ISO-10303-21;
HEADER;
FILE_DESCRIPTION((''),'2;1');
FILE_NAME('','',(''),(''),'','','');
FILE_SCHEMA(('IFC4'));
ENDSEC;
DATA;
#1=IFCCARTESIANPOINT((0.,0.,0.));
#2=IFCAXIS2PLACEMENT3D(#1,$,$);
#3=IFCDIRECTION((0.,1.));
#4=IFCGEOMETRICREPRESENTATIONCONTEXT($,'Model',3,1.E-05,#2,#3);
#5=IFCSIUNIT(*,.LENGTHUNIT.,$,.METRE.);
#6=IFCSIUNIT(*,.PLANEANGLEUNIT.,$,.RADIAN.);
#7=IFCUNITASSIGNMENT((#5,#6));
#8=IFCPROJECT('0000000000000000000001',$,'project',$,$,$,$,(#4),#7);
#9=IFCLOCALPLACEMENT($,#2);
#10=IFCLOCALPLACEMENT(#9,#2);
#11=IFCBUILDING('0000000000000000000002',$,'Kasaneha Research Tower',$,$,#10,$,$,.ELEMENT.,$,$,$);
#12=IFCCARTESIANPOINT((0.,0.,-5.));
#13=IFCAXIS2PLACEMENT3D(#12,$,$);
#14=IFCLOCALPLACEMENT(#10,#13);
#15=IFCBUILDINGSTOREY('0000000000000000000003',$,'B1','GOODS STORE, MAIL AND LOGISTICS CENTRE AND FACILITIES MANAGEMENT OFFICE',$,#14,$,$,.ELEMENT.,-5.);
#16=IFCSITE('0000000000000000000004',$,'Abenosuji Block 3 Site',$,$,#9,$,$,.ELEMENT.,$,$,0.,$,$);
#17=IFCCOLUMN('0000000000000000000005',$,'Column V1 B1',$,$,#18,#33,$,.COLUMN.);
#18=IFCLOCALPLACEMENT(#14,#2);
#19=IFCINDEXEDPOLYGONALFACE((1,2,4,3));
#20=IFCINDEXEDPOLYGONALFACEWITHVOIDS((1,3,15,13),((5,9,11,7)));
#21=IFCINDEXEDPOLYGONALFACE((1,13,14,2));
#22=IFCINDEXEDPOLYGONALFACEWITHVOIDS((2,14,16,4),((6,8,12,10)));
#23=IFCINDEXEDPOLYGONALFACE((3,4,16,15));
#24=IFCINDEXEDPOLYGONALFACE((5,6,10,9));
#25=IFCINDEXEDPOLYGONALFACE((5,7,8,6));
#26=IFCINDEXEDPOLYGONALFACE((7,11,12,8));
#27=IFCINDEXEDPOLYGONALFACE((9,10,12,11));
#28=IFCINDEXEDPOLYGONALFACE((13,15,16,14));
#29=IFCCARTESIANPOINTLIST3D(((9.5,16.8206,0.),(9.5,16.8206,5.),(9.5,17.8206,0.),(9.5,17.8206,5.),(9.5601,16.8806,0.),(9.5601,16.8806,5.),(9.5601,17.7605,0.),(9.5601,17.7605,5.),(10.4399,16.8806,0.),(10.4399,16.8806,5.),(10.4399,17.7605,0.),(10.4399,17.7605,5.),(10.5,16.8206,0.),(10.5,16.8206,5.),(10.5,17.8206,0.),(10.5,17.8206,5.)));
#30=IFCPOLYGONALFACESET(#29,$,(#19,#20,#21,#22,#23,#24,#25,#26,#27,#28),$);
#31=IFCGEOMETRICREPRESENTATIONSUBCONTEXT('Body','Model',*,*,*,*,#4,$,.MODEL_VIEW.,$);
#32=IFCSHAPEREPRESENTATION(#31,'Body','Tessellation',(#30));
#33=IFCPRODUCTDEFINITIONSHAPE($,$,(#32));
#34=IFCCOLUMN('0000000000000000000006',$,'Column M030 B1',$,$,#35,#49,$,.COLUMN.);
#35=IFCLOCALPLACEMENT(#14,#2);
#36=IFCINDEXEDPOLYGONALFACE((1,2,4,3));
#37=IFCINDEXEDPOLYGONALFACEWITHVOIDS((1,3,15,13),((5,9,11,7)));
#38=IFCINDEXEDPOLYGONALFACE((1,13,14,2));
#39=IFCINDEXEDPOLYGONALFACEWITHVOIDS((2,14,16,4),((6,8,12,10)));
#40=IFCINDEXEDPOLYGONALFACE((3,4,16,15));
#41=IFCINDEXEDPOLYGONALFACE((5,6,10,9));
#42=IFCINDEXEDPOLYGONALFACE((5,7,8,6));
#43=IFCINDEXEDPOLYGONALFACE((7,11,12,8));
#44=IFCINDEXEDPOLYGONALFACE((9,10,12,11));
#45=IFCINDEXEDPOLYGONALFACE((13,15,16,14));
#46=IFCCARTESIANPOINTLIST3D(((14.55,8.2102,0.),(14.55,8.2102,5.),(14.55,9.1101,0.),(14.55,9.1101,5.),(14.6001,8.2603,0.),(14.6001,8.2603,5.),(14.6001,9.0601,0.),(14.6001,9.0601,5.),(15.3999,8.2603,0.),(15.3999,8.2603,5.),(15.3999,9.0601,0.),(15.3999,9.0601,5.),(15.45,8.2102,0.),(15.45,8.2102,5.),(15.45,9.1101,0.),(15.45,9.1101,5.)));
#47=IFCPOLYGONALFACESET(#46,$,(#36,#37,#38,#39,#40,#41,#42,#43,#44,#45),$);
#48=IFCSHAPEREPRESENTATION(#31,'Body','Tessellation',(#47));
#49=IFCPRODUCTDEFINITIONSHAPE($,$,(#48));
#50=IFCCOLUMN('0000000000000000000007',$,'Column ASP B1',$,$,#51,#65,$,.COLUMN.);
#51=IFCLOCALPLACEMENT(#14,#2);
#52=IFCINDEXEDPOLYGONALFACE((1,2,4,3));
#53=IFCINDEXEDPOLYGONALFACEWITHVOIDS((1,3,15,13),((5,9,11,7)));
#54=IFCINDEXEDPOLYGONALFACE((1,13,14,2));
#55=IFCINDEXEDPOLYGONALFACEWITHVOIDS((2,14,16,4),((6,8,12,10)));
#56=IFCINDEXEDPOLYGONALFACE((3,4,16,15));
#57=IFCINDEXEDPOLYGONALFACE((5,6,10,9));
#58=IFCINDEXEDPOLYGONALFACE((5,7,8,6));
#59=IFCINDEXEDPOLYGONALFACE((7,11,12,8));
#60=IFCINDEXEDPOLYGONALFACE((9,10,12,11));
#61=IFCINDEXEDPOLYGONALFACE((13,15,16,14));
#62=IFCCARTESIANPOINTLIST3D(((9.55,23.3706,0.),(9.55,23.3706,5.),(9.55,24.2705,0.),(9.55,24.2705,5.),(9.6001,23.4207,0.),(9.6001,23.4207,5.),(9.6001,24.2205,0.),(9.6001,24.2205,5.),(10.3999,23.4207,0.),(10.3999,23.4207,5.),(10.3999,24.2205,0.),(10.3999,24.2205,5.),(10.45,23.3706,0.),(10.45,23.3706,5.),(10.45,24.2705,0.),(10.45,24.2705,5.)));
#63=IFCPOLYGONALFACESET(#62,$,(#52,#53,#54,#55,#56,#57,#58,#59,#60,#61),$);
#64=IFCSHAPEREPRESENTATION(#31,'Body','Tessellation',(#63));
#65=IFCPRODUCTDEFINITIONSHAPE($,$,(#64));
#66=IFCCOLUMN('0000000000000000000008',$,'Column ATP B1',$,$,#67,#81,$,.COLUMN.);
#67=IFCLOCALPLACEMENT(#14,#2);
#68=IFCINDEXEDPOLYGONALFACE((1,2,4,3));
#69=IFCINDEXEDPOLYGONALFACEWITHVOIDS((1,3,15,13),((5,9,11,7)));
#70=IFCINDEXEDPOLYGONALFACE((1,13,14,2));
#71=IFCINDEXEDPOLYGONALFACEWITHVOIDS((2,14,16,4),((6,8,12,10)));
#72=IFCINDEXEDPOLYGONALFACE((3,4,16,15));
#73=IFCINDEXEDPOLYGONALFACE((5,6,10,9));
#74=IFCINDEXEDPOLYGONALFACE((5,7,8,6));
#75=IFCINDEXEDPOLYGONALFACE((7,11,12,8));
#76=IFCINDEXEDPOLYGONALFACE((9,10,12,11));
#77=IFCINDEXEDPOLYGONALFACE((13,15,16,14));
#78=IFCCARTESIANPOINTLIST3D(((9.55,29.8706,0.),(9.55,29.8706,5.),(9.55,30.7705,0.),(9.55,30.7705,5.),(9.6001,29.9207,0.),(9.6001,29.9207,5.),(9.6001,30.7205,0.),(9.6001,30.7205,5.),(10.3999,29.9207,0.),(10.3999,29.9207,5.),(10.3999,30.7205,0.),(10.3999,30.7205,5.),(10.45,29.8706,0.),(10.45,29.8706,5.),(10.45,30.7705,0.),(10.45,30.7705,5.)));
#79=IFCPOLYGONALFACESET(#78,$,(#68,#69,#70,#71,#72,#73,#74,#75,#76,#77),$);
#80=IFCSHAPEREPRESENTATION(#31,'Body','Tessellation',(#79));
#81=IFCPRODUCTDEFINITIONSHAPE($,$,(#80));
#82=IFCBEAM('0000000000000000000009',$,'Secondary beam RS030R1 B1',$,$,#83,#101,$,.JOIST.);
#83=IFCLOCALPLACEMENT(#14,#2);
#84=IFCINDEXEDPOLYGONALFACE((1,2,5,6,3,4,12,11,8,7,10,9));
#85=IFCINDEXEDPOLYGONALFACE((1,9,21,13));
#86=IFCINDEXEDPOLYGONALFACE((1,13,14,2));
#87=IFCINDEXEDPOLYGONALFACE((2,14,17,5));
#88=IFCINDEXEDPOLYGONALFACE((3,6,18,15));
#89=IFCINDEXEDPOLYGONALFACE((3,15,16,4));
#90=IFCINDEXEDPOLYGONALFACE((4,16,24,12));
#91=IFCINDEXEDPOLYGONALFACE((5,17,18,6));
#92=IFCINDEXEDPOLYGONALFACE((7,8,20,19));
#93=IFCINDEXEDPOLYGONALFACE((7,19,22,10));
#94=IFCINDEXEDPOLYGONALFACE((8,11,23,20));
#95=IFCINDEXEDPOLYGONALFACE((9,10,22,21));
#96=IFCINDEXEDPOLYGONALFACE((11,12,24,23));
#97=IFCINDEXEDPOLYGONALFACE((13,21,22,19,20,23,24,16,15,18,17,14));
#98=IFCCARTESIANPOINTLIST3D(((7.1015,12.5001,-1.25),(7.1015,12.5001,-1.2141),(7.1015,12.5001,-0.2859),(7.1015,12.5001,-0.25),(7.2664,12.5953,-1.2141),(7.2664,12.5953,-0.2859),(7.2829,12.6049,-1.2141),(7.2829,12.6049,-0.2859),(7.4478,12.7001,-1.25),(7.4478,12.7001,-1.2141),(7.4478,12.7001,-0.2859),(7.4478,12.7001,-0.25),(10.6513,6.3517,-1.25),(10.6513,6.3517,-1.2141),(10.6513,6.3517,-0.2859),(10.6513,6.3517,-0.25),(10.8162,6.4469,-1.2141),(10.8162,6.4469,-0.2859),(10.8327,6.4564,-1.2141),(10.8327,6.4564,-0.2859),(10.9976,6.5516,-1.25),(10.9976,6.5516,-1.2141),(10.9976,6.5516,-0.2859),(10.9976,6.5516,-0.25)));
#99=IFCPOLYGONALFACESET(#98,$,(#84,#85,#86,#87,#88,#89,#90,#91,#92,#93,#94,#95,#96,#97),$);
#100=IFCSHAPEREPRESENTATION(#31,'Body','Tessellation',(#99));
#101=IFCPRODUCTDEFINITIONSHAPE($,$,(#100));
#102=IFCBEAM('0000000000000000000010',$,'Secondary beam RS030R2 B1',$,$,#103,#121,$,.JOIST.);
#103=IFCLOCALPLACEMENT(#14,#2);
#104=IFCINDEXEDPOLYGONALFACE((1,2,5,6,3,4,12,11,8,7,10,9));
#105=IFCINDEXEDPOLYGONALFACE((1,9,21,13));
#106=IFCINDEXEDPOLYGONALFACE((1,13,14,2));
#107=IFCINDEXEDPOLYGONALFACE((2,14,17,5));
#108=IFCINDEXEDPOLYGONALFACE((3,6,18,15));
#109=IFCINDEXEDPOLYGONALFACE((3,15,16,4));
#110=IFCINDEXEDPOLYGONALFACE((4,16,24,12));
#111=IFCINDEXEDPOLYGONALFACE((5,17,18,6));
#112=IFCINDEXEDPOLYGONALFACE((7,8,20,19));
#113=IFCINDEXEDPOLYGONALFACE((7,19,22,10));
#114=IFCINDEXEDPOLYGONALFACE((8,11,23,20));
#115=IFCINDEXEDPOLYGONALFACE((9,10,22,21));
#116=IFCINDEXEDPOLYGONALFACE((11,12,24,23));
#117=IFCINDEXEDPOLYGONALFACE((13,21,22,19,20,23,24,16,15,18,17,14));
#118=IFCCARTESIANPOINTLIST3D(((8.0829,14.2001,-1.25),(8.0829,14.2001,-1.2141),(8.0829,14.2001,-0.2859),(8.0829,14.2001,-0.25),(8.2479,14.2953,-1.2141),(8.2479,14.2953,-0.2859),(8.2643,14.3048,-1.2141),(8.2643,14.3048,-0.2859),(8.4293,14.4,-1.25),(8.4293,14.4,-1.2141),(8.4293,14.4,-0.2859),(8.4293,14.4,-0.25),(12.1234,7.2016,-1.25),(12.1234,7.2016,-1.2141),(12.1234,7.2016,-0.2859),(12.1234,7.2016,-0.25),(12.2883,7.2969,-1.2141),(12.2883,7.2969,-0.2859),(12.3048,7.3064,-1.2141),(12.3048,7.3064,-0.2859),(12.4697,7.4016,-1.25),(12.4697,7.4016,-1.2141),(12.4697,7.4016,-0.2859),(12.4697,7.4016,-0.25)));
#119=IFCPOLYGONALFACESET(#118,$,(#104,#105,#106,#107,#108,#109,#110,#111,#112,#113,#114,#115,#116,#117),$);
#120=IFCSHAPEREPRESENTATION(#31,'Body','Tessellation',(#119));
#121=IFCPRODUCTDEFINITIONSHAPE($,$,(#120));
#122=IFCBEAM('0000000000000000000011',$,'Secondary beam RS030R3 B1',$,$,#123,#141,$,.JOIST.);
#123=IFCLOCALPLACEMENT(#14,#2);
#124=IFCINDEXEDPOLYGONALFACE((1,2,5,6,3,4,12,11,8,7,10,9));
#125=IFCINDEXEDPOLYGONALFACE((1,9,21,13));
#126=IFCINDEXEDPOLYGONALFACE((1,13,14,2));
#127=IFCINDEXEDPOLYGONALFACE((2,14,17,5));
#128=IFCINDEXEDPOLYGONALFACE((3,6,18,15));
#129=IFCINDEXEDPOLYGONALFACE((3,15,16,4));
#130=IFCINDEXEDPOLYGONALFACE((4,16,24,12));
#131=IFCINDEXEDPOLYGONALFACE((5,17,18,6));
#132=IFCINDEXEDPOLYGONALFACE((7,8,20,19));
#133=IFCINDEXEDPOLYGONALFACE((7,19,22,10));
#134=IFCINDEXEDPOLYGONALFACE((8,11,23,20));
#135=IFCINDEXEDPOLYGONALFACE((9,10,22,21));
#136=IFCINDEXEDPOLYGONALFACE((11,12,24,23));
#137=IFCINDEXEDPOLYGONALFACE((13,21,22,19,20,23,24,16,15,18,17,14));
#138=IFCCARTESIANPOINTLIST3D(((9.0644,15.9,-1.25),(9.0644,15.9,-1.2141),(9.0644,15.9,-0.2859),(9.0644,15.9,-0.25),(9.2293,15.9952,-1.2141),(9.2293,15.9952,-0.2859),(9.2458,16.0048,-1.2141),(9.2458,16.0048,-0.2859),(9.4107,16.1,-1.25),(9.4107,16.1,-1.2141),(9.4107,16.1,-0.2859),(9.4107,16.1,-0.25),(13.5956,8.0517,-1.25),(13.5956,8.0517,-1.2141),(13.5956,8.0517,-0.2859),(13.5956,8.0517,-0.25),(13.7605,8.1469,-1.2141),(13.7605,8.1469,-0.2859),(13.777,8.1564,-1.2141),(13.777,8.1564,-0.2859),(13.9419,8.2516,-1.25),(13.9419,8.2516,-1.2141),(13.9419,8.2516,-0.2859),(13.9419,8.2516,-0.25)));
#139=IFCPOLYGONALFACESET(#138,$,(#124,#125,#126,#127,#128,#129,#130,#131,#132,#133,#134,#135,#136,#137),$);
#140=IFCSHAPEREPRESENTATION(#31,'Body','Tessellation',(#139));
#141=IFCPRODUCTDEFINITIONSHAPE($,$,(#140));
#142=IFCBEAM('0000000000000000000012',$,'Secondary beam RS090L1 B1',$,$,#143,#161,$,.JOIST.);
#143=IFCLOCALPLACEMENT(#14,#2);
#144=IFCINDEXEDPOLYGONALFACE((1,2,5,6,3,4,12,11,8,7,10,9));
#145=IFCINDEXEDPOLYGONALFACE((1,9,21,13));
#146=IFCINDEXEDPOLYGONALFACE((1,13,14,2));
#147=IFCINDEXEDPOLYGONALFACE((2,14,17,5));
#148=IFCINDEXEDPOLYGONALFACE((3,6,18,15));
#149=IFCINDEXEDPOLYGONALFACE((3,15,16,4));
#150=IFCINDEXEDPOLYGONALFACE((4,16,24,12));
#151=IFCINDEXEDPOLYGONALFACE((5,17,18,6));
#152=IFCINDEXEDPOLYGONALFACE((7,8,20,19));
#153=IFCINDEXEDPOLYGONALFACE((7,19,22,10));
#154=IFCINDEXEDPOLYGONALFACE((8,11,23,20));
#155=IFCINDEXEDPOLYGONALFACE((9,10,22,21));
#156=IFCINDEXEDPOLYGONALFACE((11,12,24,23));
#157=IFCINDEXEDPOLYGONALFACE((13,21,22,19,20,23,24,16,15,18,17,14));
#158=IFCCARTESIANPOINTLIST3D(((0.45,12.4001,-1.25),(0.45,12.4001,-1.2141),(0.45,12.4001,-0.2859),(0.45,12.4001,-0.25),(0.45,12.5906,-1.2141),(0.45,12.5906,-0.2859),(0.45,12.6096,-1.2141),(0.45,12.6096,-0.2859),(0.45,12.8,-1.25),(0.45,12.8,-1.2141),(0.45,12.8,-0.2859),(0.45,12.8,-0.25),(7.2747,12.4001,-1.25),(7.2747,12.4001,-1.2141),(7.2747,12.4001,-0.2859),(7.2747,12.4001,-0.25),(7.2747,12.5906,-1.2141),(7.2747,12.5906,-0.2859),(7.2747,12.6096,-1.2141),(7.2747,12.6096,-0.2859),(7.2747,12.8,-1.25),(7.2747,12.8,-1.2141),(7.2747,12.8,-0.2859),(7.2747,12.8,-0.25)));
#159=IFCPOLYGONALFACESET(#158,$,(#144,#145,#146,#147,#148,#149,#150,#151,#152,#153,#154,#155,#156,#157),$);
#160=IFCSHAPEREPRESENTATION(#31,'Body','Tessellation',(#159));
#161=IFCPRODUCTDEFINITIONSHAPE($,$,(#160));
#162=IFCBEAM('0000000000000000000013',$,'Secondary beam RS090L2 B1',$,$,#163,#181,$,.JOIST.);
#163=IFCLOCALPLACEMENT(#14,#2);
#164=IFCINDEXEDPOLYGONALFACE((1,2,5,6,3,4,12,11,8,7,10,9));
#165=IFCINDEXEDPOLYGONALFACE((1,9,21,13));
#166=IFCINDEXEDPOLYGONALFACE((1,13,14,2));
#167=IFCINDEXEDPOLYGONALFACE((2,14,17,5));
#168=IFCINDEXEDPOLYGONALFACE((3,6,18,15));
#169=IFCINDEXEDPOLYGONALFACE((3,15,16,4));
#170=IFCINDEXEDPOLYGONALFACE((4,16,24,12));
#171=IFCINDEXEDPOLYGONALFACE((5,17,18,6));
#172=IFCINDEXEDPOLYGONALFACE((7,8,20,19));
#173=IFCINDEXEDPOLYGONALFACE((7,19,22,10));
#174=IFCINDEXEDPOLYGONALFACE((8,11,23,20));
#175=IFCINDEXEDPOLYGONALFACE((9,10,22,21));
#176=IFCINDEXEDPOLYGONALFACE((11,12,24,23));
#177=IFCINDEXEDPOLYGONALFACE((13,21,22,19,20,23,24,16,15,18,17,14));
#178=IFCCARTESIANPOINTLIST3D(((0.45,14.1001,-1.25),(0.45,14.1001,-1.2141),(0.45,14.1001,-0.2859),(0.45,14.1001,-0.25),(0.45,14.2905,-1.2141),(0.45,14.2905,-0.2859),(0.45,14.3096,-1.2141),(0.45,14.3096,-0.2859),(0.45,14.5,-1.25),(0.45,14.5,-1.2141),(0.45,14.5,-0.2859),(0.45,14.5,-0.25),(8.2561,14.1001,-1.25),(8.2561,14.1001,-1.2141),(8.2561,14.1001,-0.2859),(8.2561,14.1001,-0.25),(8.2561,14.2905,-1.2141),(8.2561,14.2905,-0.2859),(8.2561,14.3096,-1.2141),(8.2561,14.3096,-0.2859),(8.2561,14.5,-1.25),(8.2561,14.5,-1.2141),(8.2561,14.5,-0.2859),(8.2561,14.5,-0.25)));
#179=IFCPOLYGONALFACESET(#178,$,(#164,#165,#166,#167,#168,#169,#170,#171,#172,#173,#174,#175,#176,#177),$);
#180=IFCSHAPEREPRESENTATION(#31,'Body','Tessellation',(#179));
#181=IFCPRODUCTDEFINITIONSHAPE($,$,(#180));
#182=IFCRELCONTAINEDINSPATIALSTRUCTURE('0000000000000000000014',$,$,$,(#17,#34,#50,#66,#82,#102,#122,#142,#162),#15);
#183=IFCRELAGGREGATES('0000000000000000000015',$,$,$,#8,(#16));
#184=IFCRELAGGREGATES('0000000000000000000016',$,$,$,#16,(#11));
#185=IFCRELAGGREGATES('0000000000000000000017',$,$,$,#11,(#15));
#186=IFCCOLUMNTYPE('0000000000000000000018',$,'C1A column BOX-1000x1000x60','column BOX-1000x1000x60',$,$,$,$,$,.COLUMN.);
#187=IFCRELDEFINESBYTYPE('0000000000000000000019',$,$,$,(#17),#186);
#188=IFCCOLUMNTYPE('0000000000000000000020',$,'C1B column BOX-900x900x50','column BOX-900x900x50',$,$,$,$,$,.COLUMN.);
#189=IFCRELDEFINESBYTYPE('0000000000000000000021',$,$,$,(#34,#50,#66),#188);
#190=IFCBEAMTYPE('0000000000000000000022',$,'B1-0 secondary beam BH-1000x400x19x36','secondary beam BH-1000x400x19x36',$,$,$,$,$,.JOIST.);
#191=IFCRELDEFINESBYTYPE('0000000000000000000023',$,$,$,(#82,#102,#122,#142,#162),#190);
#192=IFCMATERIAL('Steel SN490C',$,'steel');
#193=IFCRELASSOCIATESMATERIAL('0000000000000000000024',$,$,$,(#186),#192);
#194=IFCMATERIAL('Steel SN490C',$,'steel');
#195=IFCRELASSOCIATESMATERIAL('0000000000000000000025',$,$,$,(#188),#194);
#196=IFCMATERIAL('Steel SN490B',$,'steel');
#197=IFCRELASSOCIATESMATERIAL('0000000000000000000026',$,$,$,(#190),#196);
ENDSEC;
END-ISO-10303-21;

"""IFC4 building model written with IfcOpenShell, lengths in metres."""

from ifc_helpers import new_model, si_unit, direction, frame, origin, origin_2d, place, context, subcontext, project, spatial, hollow_rectangle, i_section, extrude, material, material_profile, profile_set, type_object, element, save


model = new_model("IFC4")

# Units and contexts
model_context = context("Model", 3, precision=1e-05, world=origin(), true_north=direction((0.0, 1.0)))
body_context = subcontext(model_context, "Body", "Model", "MODEL_VIEW")
ifc_project = project(units=[si_unit("LENGTHUNIT", "METRE"), si_unit("PLANEANGLEUNIT", "RADIAN")], contexts=[model_context])

# Site, building, storey
site_placement = place(None, origin())
site = spatial("IfcSite", under=ifc_project, at=site_placement, Name="Abenosuji Block 3 Site", CompositionType="ELEMENT", RefElevation=0.0)
building_placement = place(site_placement, origin())
building = spatial("IfcBuilding", under=site, at=building_placement, Name="Kasaneha Research Tower", CompositionType="ELEMENT")
storey_placement = place(building_placement, frame((0.0, 0.0, -5.0)))
storey = spatial("IfcBuildingStorey", under=building, at=storey_placement, Name="B1", Description="GOODS STORE, MAIL AND LOGISTICS CENTRE AND FACILITIES MANAGEMENT OFFICE", CompositionType="ELEMENT", Elevation=-5.0)

# Columns
ifc_material_1 = material(Name="Steel SN490C", Category="steel")
ifc_material_profile_1 = material_profile(ifc_material_1, hollow_rectangle(XDim=1.0, YDim=1.0, WallThickness=0.0601, at=origin_2d()), Name="BOX-1000x1000x60")
ifc_profile_set_1 = profile_set([ifc_material_profile_1], Name="Steel SN490C")
column_type_1 = type_object("IfcColumnType", Name="C1A column BOX-1000x1000x60", Description="column BOX-1000x1000x60", PredefinedType="COLUMN", material=ifc_profile_set_1)
column_placement = place(storey_placement, frame((10.0, 17.3206, 0.0), z_axis=(0.0, 0.0, 1.0), x_axis=(1.0, 0.0, 0.0)))
element("IfcColumn", 1, at=column_placement, inside=storey, type_object=column_type_1, Name="Column V1 B1", PredefinedType="COLUMN", context=body_context, shape_type="SweptSolid", body=[
    extrude(hollow_rectangle(XDim=1.0, YDim=1.0, WallThickness=0.0601, at=origin_2d()), origin(), (0.0, 0.0, 1.0), 5.0),
])
ifc_material_2 = material(Name="Steel SN490C", Category="steel")
ifc_material_profile_2 = material_profile(ifc_material_2, hollow_rectangle(XDim=0.8999, YDim=0.8999, WallThickness=0.05, at=origin_2d()), Name="BOX-900x900x50")
ifc_profile_set_2 = profile_set([ifc_material_profile_2], Name="Steel SN490C")
column_type_2 = type_object("IfcColumnType", Name="C1B column BOX-900x900x50", Description="column BOX-900x900x50", PredefinedType="COLUMN", material=ifc_profile_set_2)
for number, where, z_axis, x_axis, name in (
    (2, (15.0, 8.6602, 0.0), (0.0, 0.0, 1.0), (1.0, 0.0, 0.0), "Column M030 B1"),
    (3, (10.0, 23.8206, 0.0), (0.0, 0.0, 1.0), (1.0, 0.0, 0.0), "Column ASP B1"),
    (4, (10.0, 30.3206, 0.0), (0.0, 0.0, 1.0), (1.0, 0.0, 0.0), "Column ATP B1"),
):
    element("IfcColumn", number, at=place(storey_placement, frame(where, z_axis=z_axis, x_axis=x_axis)), inside=storey, type_object=column_type_2, Name=name, PredefinedType="COLUMN", context=body_context, shape_type="SweptSolid", body=[
        extrude(hollow_rectangle(XDim=0.8999, YDim=0.8999, WallThickness=0.05, at=origin_2d()), origin(), (0.0, 0.0, 1.0), 5.0),
    ])

# Beams
ifc_material_3 = material(Name="Steel SN490B", Category="steel")
ifc_material_profile_3 = material_profile(ifc_material_3, i_section(OverallWidth=0.3999, OverallDepth=1.0, WebThickness=0.019, FlangeThickness=0.0359, at=origin_2d()), Name="BH-1000x400x19x36")
ifc_profile_set_3 = profile_set([ifc_material_profile_3], Name="Steel SN490B")
beam_type_1 = type_object("IfcBeamType", Name="B1-0 secondary beam BH-1000x400x19x36", Description="secondary beam BH-1000x400x19x36", PredefinedType="JOIST", material=ifc_profile_set_3)
beam_1_placement = place(storey_placement, frame((7.2747, 12.6001, -0.75), z_axis=(0.5, -0.866025, 0.0), x_axis=(0.866025, 0.5, 0.0)))
element("IfcBeam", 5, at=beam_1_placement, inside=storey, type_object=beam_type_1, Name="Secondary beam RS030R1 B1", PredefinedType="JOIST", context=body_context, shape_type="SweptSolid", body=[
    extrude(i_section(OverallWidth=0.3999, OverallDepth=1.0, WebThickness=0.019, FlangeThickness=0.0359, at=origin_2d()), origin(), (0.0, 0.0, 1.0), 7.0996),
])
beam_2_placement = place(storey_placement, frame((8.2561, 14.3, -0.75), z_axis=(0.499993, -0.86603, 0.0), x_axis=(0.86603, 0.499993, 0.0)))
element("IfcBeam", 6, at=beam_2_placement, inside=storey, type_object=beam_type_1, Name="Secondary beam RS030R2 B1", PredefinedType="JOIST", context=body_context, shape_type="SweptSolid", body=[
    extrude(i_section(OverallWidth=0.3999, OverallDepth=1.0, WebThickness=0.019, FlangeThickness=0.0359, at=origin_2d()), origin(), (0.0, 0.0, 1.0), 8.0811),
])
beam_3_placement = place(storey_placement, frame((9.2375, 16.0, -0.75), z_axis=(0.499998, -0.866026, 0.0), x_axis=(0.866026, 0.499998, 0.0)))
element("IfcBeam", 7, at=beam_3_placement, inside=storey, type_object=beam_type_1, Name="Secondary beam RS030R3 B1", PredefinedType="JOIST", context=body_context, shape_type="SweptSolid", body=[
    extrude(i_section(OverallWidth=0.3999, OverallDepth=1.0, WebThickness=0.019, FlangeThickness=0.0359, at=origin_2d()), origin(), (0.0, 0.0, 1.0), 9.0625),
])
beam_4_placement = place(storey_placement, frame((7.2747, 12.6001, -0.75), z_axis=(-1.0, 0.0, 0.0), x_axis=(0.0, -1.0, 0.0)))
element("IfcBeam", 8, at=beam_4_placement, inside=storey, type_object=beam_type_1, Name="Secondary beam RS090L1 B1", PredefinedType="JOIST", context=body_context, shape_type="SweptSolid", body=[
    extrude(i_section(OverallWidth=0.3999, OverallDepth=1.0, WebThickness=0.019, FlangeThickness=0.0359, at=origin_2d()), origin(), (0.0, 0.0, 1.0), 6.8247),
])
beam_5_placement = place(storey_placement, frame((8.2561, 14.3, -0.75), z_axis=(-1.0, 0.0, 0.0), x_axis=(0.0, -1.0, 0.0)))
element("IfcBeam", 9, at=beam_5_placement, inside=storey, type_object=beam_type_1, Name="Secondary beam RS090L2 B1", PredefinedType="JOIST", context=body_context, shape_type="SweptSolid", body=[
    extrude(i_section(OverallWidth=0.3999, OverallDepth=1.0, WebThickness=0.019, FlangeThickness=0.0359, at=origin_2d()), origin(), (0.0, 0.0, 1.0), 7.8062),
])

save(model, "model.ifc")
